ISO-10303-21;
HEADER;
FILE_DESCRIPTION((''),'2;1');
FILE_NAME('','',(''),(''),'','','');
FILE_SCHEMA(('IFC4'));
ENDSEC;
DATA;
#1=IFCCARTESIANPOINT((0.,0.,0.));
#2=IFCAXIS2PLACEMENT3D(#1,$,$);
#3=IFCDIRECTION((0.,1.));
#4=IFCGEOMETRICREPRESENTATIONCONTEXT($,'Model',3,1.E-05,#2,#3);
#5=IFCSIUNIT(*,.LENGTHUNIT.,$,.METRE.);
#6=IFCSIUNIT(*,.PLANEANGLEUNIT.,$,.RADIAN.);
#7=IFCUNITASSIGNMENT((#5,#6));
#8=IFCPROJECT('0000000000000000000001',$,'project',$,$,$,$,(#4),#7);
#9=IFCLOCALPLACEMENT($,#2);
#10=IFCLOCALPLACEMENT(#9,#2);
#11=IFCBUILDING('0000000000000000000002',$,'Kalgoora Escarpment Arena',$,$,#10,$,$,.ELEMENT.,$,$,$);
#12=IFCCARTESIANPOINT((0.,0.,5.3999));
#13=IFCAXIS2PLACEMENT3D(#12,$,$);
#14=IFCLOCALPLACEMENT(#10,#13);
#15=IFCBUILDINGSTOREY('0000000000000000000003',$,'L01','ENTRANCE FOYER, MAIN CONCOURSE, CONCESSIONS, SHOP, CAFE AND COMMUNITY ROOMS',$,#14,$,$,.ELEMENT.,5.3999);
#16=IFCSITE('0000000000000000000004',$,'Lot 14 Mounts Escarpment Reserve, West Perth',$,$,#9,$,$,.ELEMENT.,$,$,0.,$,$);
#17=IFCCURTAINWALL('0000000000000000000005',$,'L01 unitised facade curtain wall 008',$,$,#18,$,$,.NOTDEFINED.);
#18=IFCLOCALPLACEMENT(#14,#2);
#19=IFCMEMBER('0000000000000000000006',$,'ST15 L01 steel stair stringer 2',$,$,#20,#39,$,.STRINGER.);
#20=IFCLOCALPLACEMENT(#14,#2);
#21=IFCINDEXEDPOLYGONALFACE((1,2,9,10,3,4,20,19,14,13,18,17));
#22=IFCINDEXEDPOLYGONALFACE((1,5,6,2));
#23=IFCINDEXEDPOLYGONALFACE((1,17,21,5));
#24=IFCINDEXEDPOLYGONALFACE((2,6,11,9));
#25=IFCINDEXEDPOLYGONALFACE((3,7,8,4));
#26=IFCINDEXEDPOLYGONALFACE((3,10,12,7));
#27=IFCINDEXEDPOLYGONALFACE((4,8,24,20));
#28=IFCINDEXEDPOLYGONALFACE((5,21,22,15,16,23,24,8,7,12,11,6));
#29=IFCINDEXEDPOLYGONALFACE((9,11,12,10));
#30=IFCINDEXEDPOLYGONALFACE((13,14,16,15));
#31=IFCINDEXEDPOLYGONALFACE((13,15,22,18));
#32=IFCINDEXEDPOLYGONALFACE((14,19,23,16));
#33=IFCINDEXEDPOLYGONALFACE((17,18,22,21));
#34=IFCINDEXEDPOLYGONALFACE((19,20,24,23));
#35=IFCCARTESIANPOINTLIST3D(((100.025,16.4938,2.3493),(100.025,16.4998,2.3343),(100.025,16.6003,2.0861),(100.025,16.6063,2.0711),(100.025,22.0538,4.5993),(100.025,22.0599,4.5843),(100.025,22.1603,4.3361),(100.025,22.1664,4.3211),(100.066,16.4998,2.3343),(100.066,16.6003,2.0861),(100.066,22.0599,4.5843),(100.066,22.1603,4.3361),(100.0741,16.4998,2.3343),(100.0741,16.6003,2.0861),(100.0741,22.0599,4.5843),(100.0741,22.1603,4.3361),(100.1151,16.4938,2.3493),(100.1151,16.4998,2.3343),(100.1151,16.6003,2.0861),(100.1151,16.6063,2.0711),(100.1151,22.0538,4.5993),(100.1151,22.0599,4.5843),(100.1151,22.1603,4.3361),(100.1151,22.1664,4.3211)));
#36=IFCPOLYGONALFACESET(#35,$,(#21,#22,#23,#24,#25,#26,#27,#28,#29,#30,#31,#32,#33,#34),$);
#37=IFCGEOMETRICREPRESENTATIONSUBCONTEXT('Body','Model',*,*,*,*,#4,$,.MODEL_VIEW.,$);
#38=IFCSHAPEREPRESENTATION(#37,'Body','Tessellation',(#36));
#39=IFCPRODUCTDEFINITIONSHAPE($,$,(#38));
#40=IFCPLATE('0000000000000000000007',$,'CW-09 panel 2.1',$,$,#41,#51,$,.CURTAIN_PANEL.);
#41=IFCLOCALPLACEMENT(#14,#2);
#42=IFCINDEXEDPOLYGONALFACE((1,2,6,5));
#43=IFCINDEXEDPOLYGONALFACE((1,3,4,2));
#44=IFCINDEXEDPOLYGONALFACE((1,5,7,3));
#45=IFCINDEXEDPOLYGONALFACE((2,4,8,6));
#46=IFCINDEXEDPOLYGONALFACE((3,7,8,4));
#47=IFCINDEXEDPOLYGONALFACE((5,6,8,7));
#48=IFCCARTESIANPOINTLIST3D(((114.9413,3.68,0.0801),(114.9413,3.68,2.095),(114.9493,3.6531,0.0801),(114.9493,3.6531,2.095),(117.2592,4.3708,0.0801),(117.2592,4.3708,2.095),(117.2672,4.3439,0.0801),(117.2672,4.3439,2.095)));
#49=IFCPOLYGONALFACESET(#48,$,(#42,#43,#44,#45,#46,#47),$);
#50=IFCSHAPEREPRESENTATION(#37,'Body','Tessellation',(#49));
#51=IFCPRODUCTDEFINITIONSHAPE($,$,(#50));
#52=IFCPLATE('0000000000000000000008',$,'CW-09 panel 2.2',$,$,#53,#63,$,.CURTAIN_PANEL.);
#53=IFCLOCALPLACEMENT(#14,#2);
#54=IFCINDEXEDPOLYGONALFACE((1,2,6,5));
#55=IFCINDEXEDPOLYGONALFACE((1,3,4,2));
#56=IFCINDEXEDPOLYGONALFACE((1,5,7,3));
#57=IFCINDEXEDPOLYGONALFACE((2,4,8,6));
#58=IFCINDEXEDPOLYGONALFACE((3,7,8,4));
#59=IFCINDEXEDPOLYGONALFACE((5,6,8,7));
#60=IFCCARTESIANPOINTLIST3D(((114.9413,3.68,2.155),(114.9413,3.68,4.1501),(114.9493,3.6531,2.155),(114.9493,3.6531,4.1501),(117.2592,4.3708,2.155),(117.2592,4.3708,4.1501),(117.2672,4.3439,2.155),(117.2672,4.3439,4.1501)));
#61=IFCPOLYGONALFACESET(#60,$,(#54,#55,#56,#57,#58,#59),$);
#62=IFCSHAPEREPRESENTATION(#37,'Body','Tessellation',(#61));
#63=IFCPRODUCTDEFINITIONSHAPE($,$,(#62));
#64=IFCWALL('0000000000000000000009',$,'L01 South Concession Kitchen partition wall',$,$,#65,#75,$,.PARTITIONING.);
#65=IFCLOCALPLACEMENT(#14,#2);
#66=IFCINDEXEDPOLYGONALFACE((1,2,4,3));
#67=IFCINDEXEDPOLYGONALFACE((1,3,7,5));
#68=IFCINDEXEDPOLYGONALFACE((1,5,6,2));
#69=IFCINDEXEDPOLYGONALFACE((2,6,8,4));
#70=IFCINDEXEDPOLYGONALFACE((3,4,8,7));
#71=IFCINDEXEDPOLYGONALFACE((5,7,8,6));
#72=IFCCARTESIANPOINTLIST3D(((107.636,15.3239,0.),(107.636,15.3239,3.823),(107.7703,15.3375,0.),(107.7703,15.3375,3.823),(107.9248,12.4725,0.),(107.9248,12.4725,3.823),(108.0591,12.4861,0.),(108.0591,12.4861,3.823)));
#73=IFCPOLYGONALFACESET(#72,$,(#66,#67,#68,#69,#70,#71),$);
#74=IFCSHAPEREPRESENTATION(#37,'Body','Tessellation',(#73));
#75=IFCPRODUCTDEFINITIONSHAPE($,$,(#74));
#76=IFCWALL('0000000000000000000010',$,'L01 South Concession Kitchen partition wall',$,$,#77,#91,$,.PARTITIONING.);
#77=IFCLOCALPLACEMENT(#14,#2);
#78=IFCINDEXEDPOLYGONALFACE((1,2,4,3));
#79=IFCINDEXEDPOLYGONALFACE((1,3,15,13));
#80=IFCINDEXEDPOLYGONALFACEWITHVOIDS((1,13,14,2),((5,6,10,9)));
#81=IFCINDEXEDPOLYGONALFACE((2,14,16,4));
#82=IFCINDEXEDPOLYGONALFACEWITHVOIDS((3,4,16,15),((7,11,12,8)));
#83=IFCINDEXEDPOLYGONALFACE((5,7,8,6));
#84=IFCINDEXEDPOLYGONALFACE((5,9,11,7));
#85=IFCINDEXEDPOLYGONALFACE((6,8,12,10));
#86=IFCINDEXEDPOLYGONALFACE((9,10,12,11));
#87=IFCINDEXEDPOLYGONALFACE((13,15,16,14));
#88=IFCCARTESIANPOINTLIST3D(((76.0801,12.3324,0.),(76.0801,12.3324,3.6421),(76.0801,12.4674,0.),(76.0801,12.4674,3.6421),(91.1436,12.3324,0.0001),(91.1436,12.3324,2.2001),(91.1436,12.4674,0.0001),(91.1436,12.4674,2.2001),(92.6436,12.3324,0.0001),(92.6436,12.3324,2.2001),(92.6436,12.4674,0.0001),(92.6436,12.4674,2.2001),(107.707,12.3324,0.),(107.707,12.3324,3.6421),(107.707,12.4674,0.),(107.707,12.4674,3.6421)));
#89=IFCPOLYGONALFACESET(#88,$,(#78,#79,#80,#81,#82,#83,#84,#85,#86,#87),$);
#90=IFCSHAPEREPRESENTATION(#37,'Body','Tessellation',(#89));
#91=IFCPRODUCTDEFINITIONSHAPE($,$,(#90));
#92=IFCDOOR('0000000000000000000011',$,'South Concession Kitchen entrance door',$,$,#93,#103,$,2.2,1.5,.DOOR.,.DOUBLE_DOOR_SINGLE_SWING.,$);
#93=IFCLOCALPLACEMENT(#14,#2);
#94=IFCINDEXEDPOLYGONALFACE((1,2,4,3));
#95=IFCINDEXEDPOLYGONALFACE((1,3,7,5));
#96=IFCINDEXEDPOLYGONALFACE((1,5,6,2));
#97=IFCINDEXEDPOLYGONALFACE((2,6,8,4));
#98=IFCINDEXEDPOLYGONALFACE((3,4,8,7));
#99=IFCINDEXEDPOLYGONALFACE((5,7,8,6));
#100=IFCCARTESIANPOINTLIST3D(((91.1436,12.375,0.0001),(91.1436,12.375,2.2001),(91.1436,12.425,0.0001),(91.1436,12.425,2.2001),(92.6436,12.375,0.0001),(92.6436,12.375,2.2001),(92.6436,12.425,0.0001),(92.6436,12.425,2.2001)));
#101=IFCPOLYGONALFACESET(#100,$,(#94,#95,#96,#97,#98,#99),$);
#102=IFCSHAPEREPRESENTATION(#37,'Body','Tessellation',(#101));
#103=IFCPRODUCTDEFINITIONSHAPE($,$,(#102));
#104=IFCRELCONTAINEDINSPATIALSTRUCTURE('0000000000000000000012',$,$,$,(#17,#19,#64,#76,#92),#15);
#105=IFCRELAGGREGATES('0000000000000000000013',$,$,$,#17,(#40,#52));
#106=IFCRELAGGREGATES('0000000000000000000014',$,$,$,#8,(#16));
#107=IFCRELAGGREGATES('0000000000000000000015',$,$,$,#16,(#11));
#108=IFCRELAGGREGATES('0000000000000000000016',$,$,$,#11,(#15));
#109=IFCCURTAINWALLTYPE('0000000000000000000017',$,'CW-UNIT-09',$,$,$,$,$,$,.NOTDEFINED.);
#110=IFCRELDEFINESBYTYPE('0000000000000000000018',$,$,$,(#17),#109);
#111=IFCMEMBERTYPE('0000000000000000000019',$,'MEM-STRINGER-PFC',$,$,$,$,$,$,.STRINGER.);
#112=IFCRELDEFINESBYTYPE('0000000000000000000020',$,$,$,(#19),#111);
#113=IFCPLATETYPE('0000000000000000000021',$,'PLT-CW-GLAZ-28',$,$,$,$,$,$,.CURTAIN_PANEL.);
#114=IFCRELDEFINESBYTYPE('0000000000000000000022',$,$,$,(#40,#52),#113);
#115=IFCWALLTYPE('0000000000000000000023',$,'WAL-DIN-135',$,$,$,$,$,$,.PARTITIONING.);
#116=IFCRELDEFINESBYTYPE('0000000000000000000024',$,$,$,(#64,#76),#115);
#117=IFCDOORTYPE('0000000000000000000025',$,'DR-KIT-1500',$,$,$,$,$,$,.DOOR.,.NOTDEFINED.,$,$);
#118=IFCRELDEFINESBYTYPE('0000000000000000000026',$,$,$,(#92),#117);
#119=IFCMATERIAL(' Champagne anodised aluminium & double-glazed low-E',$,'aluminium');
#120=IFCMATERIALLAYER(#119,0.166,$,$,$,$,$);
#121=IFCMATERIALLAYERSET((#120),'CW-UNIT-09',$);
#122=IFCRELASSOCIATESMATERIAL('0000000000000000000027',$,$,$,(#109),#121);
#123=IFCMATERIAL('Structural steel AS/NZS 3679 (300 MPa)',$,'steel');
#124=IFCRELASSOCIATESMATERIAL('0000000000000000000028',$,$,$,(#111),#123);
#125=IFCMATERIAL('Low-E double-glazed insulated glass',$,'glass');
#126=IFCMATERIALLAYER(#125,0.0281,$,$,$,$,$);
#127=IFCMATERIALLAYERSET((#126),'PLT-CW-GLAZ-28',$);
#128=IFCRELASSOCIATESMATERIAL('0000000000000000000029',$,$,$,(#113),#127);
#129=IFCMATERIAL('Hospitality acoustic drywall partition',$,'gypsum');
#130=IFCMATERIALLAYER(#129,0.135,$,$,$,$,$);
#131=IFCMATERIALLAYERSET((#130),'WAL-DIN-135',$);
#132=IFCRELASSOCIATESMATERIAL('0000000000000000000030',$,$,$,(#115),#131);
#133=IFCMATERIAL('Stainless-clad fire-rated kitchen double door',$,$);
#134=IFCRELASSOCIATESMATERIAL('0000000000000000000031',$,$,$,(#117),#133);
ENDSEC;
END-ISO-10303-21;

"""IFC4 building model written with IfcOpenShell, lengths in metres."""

from ifc_helpers import new_model, si_unit, direction, frame, frame_2d, origin, origin_2d, place, context, subcontext, project, spatial, rectangle, i_section, extrude, material, layer, layer_set, material_profile, profile_set, type_object, element, fill, aggregate, save


model = new_model("IFC4")

# Units and contexts
model_context = context("Model", 3, precision=1e-05, world=origin(), true_north=direction((0.0, 1.0)))
body_context = subcontext(model_context, "Body", "Model", "MODEL_VIEW")
ifc_project = project(units=[si_unit("LENGTHUNIT", "METRE"), si_unit("PLANEANGLEUNIT", "RADIAN")], contexts=[model_context])

# Site, building, storey
site_placement = place(None, origin())
site = spatial("IfcSite", under=ifc_project, at=site_placement, Name="Lot 14 Mounts Escarpment Reserve, West Perth", CompositionType="ELEMENT", RefElevation=0.0)
building_placement = place(site_placement, origin())
building = spatial("IfcBuilding", under=site, at=building_placement, Name="Kalgoora Escarpment Arena", CompositionType="ELEMENT")
storey_placement = place(building_placement, frame((0.0, 0.0, 5.3999)))
storey = spatial("IfcBuildingStorey", under=building, at=storey_placement, Name="L01", Description="ENTRANCE FOYER, MAIN CONCOURSE, CONCESSIONS, SHOP, CAFE AND COMMUNITY ROOMS", CompositionType="ELEMENT", Elevation=5.3999)

# Curtain wall
ifc_material_1 = material(Name=" Champagne anodised aluminium & double-glazed low-E", Category="aluminium")
ifc_layer_1 = layer(ifc_material_1, 0.166)
ifc_layer_set_1 = layer_set([ifc_layer_1], Name="CW-UNIT-09")
curtain_wall_type = type_object("IfcCurtainWallType", Name="CW-UNIT-09", PredefinedType="NOTDEFINED", material=ifc_layer_set_1)
curtain_wall_placement = place(storey_placement, origin())
curtain_wall = element("IfcCurtainWall", 1, at=curtain_wall_placement, inside=storey, type_object=curtain_wall_type, Name="L01 unitised facade curtain wall 008", PredefinedType="NOTDEFINED")

# Member
ifc_material_2 = material(Name="Structural steel AS/NZS 3679 (300 MPa)", Category="steel")
ifc_material_profile_1 = material_profile(ifc_material_2, i_section(OverallWidth=0.0901, OverallDepth=0.3, WebThickness=0.0081, FlangeThickness=0.0161, at=origin_2d()))
ifc_profile_set_1 = profile_set([ifc_material_profile_1], Name="Structural steel AS/NZS 3679 (300 MPa)")
member_type_1 = type_object("IfcMemberType", Name="MEM-STRINGER-PFC", PredefinedType="STRINGER", material=ifc_profile_set_1)
member_1_placement = place(storey_placement, frame((100.0701, 16.55, 2.2102), z_axis=(0.0, 0.926976, 0.375121), x_axis=(-1.0, 0.0, 0.0)))
element("IfcMember", 2, at=member_1_placement, inside=storey, type_object=member_type_1, Name="ST15 L01 steel stair stringer 2", PredefinedType="STRINGER", context=body_context, shape_type="SweptSolid", body=[
    extrude(i_section(OverallWidth=0.0901, OverallDepth=0.3, WebThickness=0.0081, FlangeThickness=0.0161, at=origin_2d()), origin(), (0.0, 0.0, 1.0), 5.998),
])

# Plates
ifc_material_3 = material(Name="Low-E double-glazed insulated glass", Category="glass")
ifc_layer_2 = layer(ifc_material_3, 0.0281)
ifc_layer_set_2 = layer_set([ifc_layer_2], Name="PLT-CW-GLAZ-28")
plate_type = type_object("IfcPlateType", Name="PLT-CW-GLAZ-28", PredefinedType="CURTAIN_PANEL", material=ifc_layer_set_2)
plate_1_placement = place(storey_placement, frame((116.1042, 4.012, 0.0801), z_axis=(0.0, 0.0, 1.0), x_axis=(-0.958341, -0.285626, 0.0)))
plate_1 = element("IfcPlate", 3, at=plate_1_placement, type_object=plate_type, Name="CW-09 panel 2.1", PredefinedType="CURTAIN_PANEL", context=body_context, shape_type="SweptSolid", body=[
    extrude(rectangle(XDim=2.4187, YDim=0.0281, at=origin_2d()), origin(), (0.0, 0.0, 1.0), 2.0149),
])
plate_2_placement = place(storey_placement, frame((116.1042, 4.012, 2.155), z_axis=(0.0, 0.0, 1.0), x_axis=(-0.958341, -0.285626, 0.0)))
plate_2 = element("IfcPlate", 4, at=plate_2_placement, type_object=plate_type, Name="CW-09 panel 2.2", PredefinedType="CURTAIN_PANEL", context=body_context, shape_type="SweptSolid", body=[
    extrude(rectangle(XDim=2.4187, YDim=0.0281, at=origin_2d()), origin(), (0.0, 0.0, 1.0), 1.9951),
])
aggregate(curtain_wall, [plate_1, plate_2])

# Wall
ifc_material_4 = material(Name="Hospitality acoustic drywall partition", Category="gypsum")
ifc_layer_3 = layer(ifc_material_4, 0.135)
ifc_layer_set_3 = layer_set([ifc_layer_3], Name="WAL-DIN-135")
wall_type_1 = type_object("IfcWallType", Name="WAL-DIN-135", PredefinedType="PARTITIONING", material=ifc_layer_set_3)
wall_1_placement = place(storey_placement, frame((107.7031, 15.3308, 0.0), z_axis=(0.0, 0.0, 1.0), x_axis=(0.100777, -0.994909, 0.0)))
element("IfcWall", 5, at=wall_1_placement, inside=storey, type_object=wall_type_1, Name="L01 South Concession Kitchen partition wall", PredefinedType="PARTITIONING", context=body_context, shape_type="SweptSolid", body=[
    extrude(rectangle(XDim=2.866, YDim=0.135, at=frame_2d((1.4331, 0.0))), origin(), (0.0, 0.0, 1.0), 3.823),
])

# Wall, opening, door
wall_2_placement = place(storey_placement, frame((107.707, 12.3999, 0.0), z_axis=(0.0, 0.0, 1.0), x_axis=(-1.0, 0.0, 0.0)))
wall_2 = element("IfcWall", 6, at=wall_2_placement, inside=storey, type_object=wall_type_1, Name="L01 South Concession Kitchen partition wall", PredefinedType="PARTITIONING", context=body_context, shape_type="SweptSolid", body=[
    extrude(rectangle(XDim=31.627, YDim=0.135, at=frame_2d((15.8135, 0.0))), origin(), (0.0, 0.0, 1.0), 3.6421),
])
opening_1_placement = place(wall_2_placement, frame((15.0635, 0.0, 0.0)))
opening_1 = element("IfcOpeningElement", 7, at=opening_1_placement, cuts=wall_2, PredefinedType="OPENING", context=body_context, shape_type="SweptSolid", body=[
    extrude(rectangle(XDim=1.5, YDim=2.2, at=frame_2d((0.75, 1.1001))), frame((0.0, 0.0774, 0.0), z_axis=(0.0, -1.0, 0.0), x_axis=(1.0, 0.0, 0.0)), (0.0, 0.0, 1.0), 0.155),
])
ifc_material_5 = material(Name="Stainless-clad fire-rated kitchen double door")
door_type_1 = type_object("IfcDoorType", Name="DR-KIT-1500", OperationType="NOTDEFINED", PredefinedType="DOOR", material=ifc_material_5)
door_1_placement = place(opening_1_placement, origin())
door_1 = element("IfcDoor", 8, at=door_1_placement, inside=storey, type_object=door_type_1, Name="South Concession Kitchen entrance door", OperationType="DOUBLE_DOOR_SINGLE_SWING", OverallHeight=2.2, OverallWidth=1.5, PredefinedType="DOOR", context=body_context, shape_type="SweptSolid", body=[
    extrude(rectangle(XDim=1.5, YDim=2.2, at=frame_2d((0.75, 1.1001))), frame((0.0, 0.0249, 0.0), z_axis=(0.0, -1.0, 0.0), x_axis=(1.0, 0.0, 0.0)), (0.0, 0.0, 1.0), 0.05),
])
fill(opening_1, door_1)

save(model, "model.ifc")
